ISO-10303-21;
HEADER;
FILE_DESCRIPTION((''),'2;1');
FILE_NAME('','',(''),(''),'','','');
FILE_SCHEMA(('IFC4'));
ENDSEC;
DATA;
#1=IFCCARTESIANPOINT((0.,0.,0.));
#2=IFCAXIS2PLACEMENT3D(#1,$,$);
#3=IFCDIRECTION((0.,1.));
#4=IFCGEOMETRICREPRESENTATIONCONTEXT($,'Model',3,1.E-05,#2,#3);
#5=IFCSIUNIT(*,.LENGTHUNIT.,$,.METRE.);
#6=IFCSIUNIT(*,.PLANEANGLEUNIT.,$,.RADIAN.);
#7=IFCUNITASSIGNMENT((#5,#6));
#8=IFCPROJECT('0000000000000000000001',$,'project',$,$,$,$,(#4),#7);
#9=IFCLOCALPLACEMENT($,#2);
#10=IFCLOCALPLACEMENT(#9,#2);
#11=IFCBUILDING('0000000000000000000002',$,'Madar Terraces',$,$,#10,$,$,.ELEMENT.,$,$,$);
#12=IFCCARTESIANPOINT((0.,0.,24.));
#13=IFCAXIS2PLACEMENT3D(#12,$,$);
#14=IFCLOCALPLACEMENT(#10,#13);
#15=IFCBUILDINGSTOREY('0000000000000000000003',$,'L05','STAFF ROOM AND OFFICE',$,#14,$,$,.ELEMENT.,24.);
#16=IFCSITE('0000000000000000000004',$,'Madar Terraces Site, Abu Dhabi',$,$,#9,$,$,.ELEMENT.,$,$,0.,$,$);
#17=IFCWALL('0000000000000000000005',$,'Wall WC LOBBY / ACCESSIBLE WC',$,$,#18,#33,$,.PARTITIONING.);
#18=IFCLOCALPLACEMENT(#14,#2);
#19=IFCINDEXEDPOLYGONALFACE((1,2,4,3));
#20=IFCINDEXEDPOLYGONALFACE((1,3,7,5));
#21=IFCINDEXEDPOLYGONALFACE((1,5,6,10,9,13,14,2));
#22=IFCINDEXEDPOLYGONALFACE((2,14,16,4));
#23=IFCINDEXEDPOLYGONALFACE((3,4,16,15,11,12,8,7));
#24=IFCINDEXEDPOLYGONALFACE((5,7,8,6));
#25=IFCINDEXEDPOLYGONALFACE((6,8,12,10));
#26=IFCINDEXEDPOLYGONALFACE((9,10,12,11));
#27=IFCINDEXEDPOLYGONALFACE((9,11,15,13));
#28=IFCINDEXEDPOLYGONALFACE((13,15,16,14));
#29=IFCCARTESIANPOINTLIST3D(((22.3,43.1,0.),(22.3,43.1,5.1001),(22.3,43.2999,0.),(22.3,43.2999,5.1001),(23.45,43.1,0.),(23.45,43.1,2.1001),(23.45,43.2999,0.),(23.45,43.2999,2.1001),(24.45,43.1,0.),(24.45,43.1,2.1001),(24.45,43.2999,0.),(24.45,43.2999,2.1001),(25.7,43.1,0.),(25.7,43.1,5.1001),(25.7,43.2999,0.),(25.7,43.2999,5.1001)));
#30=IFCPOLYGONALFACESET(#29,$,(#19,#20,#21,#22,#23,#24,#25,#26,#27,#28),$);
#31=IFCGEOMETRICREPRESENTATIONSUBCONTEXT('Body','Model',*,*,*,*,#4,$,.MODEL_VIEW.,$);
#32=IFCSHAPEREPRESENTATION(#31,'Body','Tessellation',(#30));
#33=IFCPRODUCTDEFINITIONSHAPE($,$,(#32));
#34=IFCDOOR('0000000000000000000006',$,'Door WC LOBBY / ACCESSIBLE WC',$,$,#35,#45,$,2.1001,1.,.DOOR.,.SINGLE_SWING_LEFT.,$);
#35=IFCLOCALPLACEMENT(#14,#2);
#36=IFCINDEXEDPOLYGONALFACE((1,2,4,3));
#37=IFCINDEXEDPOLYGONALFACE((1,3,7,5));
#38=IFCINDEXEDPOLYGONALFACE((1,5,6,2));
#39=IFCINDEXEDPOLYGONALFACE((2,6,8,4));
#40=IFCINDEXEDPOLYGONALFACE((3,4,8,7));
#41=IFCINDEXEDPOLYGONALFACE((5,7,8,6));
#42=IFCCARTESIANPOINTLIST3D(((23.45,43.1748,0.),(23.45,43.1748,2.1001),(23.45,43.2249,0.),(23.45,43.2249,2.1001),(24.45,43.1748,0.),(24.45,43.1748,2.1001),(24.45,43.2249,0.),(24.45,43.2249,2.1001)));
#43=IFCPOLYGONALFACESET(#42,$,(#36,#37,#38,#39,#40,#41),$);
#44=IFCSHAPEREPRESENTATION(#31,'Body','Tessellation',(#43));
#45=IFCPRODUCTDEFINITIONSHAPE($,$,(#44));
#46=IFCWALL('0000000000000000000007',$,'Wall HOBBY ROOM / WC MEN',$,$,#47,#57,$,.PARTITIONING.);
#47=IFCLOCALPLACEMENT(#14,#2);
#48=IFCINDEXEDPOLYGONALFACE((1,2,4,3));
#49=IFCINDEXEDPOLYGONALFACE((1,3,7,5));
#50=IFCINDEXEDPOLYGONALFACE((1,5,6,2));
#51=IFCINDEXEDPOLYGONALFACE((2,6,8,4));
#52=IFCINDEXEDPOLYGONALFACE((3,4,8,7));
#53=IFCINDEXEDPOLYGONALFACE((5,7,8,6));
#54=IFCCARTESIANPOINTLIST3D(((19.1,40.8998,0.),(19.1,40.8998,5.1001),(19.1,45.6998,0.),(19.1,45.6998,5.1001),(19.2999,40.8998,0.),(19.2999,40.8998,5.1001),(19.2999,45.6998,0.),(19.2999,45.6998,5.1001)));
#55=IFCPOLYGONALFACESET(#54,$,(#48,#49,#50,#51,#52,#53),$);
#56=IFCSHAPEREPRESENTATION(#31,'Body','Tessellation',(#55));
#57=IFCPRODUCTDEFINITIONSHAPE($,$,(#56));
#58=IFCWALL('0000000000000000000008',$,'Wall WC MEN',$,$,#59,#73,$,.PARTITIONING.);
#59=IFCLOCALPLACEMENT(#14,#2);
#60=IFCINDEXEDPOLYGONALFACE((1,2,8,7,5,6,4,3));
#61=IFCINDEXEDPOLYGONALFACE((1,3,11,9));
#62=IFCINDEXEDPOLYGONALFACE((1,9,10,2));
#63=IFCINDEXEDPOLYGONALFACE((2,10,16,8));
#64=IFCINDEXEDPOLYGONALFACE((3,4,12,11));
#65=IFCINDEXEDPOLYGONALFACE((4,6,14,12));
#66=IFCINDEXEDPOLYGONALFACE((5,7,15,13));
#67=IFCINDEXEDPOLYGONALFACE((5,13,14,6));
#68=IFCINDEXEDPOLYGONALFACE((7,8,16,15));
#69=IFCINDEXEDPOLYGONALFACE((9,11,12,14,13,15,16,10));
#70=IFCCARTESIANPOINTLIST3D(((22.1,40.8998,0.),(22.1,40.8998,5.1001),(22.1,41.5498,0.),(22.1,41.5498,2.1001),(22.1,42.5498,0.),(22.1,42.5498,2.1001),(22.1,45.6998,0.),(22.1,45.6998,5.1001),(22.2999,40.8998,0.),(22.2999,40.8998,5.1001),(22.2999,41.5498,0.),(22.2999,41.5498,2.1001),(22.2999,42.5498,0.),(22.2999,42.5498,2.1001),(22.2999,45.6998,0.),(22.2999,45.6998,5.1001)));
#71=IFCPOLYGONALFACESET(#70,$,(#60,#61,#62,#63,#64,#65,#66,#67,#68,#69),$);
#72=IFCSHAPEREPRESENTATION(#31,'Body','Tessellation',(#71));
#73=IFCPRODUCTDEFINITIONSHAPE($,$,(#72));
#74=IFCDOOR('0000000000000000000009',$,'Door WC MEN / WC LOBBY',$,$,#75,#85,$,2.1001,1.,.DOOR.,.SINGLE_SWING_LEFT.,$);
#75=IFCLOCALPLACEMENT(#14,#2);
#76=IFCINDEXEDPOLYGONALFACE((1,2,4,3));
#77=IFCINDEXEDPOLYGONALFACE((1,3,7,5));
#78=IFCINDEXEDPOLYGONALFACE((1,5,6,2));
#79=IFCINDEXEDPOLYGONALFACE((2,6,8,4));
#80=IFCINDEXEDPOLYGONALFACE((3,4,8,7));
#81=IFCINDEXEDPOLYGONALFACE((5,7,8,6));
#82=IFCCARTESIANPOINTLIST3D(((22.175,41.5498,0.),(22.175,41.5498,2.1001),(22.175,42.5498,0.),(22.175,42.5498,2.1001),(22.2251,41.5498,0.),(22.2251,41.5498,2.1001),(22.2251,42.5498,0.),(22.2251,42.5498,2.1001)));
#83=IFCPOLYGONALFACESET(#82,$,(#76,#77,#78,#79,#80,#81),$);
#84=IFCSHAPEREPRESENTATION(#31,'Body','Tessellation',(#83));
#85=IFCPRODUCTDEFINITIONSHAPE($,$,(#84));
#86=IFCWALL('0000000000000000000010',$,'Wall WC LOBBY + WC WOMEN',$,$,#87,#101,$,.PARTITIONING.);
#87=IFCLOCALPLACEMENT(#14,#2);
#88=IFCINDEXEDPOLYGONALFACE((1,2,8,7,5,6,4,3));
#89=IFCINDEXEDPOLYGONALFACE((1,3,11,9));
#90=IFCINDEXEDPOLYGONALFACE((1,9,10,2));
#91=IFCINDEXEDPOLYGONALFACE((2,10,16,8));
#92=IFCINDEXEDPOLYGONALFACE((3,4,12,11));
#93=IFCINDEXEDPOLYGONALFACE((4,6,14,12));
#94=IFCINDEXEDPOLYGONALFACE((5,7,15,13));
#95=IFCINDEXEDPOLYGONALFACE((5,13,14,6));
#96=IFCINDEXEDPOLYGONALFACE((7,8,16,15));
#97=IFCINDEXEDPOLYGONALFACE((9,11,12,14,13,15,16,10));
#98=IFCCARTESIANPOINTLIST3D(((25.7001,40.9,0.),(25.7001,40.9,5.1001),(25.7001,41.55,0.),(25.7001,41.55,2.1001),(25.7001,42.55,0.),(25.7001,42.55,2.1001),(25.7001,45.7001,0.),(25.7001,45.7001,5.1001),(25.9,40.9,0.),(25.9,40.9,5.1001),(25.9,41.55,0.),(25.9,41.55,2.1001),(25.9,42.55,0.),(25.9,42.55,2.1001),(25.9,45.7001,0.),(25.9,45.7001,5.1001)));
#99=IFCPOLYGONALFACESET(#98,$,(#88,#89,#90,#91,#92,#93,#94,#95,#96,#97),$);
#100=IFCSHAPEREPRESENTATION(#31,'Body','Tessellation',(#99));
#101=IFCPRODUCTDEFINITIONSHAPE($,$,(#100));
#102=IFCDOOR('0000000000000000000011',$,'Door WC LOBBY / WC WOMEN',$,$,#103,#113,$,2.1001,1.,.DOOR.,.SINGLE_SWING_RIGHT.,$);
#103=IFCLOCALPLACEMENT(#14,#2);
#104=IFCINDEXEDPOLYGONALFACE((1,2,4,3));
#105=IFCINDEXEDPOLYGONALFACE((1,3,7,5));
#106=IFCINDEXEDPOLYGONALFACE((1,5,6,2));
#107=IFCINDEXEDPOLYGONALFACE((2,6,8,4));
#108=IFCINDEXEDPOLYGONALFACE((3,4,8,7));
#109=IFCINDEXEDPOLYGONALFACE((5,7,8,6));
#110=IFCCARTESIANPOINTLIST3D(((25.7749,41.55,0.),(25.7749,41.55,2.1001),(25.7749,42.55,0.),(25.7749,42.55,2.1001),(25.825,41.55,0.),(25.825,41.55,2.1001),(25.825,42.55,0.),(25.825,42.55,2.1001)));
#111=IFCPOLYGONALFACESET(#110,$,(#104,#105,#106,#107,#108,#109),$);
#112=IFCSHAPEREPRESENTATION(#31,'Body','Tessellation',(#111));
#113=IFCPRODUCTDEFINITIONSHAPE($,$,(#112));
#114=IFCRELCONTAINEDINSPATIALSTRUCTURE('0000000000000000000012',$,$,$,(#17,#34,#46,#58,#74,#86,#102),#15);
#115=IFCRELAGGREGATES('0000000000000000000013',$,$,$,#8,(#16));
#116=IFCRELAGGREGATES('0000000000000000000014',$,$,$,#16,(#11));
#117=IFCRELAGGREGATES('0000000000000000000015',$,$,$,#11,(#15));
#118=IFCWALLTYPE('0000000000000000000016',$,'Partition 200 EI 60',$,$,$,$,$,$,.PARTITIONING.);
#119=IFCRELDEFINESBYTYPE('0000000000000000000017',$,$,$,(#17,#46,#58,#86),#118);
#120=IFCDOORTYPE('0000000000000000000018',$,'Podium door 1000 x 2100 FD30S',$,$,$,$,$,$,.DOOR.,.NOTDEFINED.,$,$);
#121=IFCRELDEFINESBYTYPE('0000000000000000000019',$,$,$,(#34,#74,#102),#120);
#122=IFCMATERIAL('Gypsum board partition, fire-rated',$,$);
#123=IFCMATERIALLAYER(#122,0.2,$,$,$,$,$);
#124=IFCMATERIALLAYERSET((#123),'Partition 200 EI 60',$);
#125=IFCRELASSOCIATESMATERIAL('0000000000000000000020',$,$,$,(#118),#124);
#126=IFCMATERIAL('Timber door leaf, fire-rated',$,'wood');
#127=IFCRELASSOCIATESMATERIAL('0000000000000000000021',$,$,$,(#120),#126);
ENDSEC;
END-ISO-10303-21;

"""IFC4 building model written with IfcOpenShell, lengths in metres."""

from ifc_helpers import new_model, si_unit, direction, frame, frame_2d, origin, place, context, subcontext, project, spatial, rectangle, extrude, material, layer, layer_set, type_object, element, fill, save


model = new_model("IFC4")

# Units and contexts
model_context = context("Model", 3, precision=1e-05, world=origin(), true_north=direction((0.0, 1.0)))
body_context = subcontext(model_context, "Body", "Model", "MODEL_VIEW")
ifc_project = project(units=[si_unit("LENGTHUNIT", "METRE"), si_unit("PLANEANGLEUNIT", "RADIAN")], contexts=[model_context])

# Site, building, storey
site_placement = place(None, origin())
site = spatial("IfcSite", under=ifc_project, at=site_placement, Name="Madar Terraces Site, Abu Dhabi", CompositionType="ELEMENT", RefElevation=0.0)
building_placement = place(site_placement, origin())
building = spatial("IfcBuilding", under=site, at=building_placement, Name="Madar Terraces", CompositionType="ELEMENT")
storey_placement = place(building_placement, frame((0.0, 0.0, 24.0)))
storey = spatial("IfcBuildingStorey", under=building, at=storey_placement, Name="L05", Description="STAFF ROOM AND OFFICE", CompositionType="ELEMENT", Elevation=24.0)

# Wall, opening, door
ifc_material_1 = material(Name="Gypsum board partition, fire-rated")
ifc_layer_1 = layer(ifc_material_1, 0.2)
ifc_layer_set_1 = layer_set([ifc_layer_1], Name="Partition 200 EI 60")
wall_type_1 = type_object("IfcWallType", Name="Partition 200 EI 60", PredefinedType="PARTITIONING", material=ifc_layer_set_1)
wall_1_placement = place(storey_placement, frame((22.3, 43.2, 0.0), z_axis=(0.0, 0.0, 1.0), x_axis=(1.0, 0.0, 0.0)))
wall_1 = element("IfcWall", 1, at=wall_1_placement, inside=storey, type_object=wall_type_1, Name="Wall WC LOBBY / ACCESSIBLE WC", PredefinedType="PARTITIONING", context=body_context, shape_type="SweptSolid", body=[
    extrude(rectangle(XDim=3.3999, YDim=0.2, at=frame_2d((1.7, 0.0))), origin(), (0.0, 0.0, 1.0), 5.1001),
])
opening_1_placement = place(wall_1_placement, frame((1.1499, 0.0, 0.0)))
opening_1 = element("IfcOpeningElement", 2, at=opening_1_placement, cuts=wall_1, PredefinedType="OPENING", context=body_context, shape_type="SweptSolid", body=[
    extrude(rectangle(XDim=1.0, YDim=2.1001, at=frame_2d((0.5, 1.05))), frame((0.0, 0.1099, 0.0), z_axis=(0.0, -1.0, 0.0), x_axis=(1.0, 0.0, 0.0)), (0.0, 0.0, 1.0), 0.22),
])
ifc_material_2 = material(Name="Timber door leaf, fire-rated", Category="wood")
door_type_1 = type_object("IfcDoorType", Name="Podium door 1000 x 2100 FD30S", OperationType="NOTDEFINED", PredefinedType="DOOR", material=ifc_material_2)
door_1_placement = place(opening_1_placement, origin())
door_1 = element("IfcDoor", 3, at=door_1_placement, inside=storey, type_object=door_type_1, Name="Door WC LOBBY / ACCESSIBLE WC", OperationType="SINGLE_SWING_LEFT", OverallHeight=2.1001, OverallWidth=1.0, PredefinedType="DOOR", context=body_context, shape_type="SweptSolid", body=[
    extrude(rectangle(XDim=1.0, YDim=2.1001, at=frame_2d((0.5, 1.05))), frame((0.0, 0.0249, 0.0), z_axis=(0.0, -1.0, 0.0), x_axis=(1.0, 0.0, 0.0)), (0.0, 0.0, 1.0), 0.05),
])
fill(opening_1, door_1)

# Wall
wall_2_placement = place(storey_placement, frame((19.2, 40.8999, 0.0), z_axis=(0.0, 0.0, 1.0), x_axis=(0.0, 1.0, 0.0)))
element("IfcWall", 4, at=wall_2_placement, inside=storey, type_object=wall_type_1, Name="Wall HOBBY ROOM / WC MEN", PredefinedType="PARTITIONING", context=body_context, shape_type="SweptSolid", body=[
    extrude(rectangle(XDim=4.8, YDim=0.2, at=frame_2d((2.3999, 0.0))), origin(), (0.0, 0.0, 1.0), 5.1001),
])

# Walls, openings, doors
wall_3_placement = place(storey_placement, frame((22.2, 40.8999, 0.0), z_axis=(0.0, 0.0, 1.0), x_axis=(0.0, 1.0, 0.0)))
wall_3 = element("IfcWall", 5, at=wall_3_placement, inside=storey, type_object=wall_type_1, Name="Wall WC MEN", PredefinedType="PARTITIONING", context=body_context, shape_type="SweptSolid", body=[
    extrude(rectangle(XDim=4.8, YDim=0.2, at=frame_2d((2.3999, 0.0))), origin(), (0.0, 0.0, 1.0), 5.1001),
])
opening_2_placement = place(wall_3_placement, frame((0.6499, 0.0, 0.0)))
opening_2 = element("IfcOpeningElement", 6, at=opening_2_placement, cuts=wall_3, PredefinedType="OPENING", context=body_context, shape_type="SweptSolid", body=[
    extrude(rectangle(XDim=1.0, YDim=2.1001, at=frame_2d((0.5, 1.05))), frame((0.0, 0.1099, 0.0), z_axis=(0.0, -1.0, 0.0), x_axis=(1.0, 0.0, 0.0)), (0.0, 0.0, 1.0), 0.22),
])
door_2_placement = place(opening_2_placement, origin())
door_2 = element("IfcDoor", 7, at=door_2_placement, inside=storey, type_object=door_type_1, Name="Door WC MEN / WC LOBBY", OperationType="SINGLE_SWING_LEFT", OverallHeight=2.1001, OverallWidth=1.0, PredefinedType="DOOR", context=body_context, shape_type="SweptSolid", body=[
    extrude(rectangle(XDim=1.0, YDim=2.1001, at=frame_2d((0.5, 1.05))), frame((0.0, 0.0249, 0.0), z_axis=(0.0, -1.0, 0.0), x_axis=(1.0, 0.0, 0.0)), (0.0, 0.0, 1.0), 0.05),
])
fill(opening_2, door_2)
wall_4_placement = place(storey_placement, frame((25.8, 45.7, 0.0), z_axis=(0.0, 0.0, 1.0), x_axis=(0.0, -1.0, 0.0)))
wall_4 = element("IfcWall", 8, at=wall_4_placement, inside=storey, type_object=wall_type_1, Name="Wall WC LOBBY + WC WOMEN", PredefinedType="PARTITIONING", context=body_context, shape_type="SweptSolid", body=[
    extrude(rectangle(XDim=4.8, YDim=0.2, at=frame_2d((2.3999, 0.0))), origin(), (0.0, 0.0, 1.0), 5.1001),
])
opening_3_placement = place(wall_4_placement, frame((3.1499, 0.0, 0.0)))
opening_3 = element("IfcOpeningElement", 9, at=opening_3_placement, cuts=wall_4, PredefinedType="OPENING", context=body_context, shape_type="SweptSolid", body=[
    extrude(rectangle(XDim=1.0, YDim=2.1001, at=frame_2d((0.5, 1.05))), frame((0.0, 0.1099, 0.0), z_axis=(0.0, -1.0, 0.0), x_axis=(1.0, 0.0, 0.0)), (0.0, 0.0, 1.0), 0.22),
])
door_3_placement = place(opening_3_placement, origin())
door_3 = element("IfcDoor", 10, at=door_3_placement, inside=storey, type_object=door_type_1, Name="Door WC LOBBY / WC WOMEN", OperationType="SINGLE_SWING_RIGHT", OverallHeight=2.1001, OverallWidth=1.0, PredefinedType="DOOR", context=body_context, shape_type="SweptSolid", body=[
    extrude(rectangle(XDim=1.0, YDim=2.1001, at=frame_2d((0.5, 1.05))), frame((0.0, 0.0249, 0.0), z_axis=(0.0, -1.0, 0.0), x_axis=(1.0, 0.0, 0.0)), (0.0, 0.0, 1.0), 0.05),
])
fill(opening_3, door_3)

save(model, "model.ifc")
